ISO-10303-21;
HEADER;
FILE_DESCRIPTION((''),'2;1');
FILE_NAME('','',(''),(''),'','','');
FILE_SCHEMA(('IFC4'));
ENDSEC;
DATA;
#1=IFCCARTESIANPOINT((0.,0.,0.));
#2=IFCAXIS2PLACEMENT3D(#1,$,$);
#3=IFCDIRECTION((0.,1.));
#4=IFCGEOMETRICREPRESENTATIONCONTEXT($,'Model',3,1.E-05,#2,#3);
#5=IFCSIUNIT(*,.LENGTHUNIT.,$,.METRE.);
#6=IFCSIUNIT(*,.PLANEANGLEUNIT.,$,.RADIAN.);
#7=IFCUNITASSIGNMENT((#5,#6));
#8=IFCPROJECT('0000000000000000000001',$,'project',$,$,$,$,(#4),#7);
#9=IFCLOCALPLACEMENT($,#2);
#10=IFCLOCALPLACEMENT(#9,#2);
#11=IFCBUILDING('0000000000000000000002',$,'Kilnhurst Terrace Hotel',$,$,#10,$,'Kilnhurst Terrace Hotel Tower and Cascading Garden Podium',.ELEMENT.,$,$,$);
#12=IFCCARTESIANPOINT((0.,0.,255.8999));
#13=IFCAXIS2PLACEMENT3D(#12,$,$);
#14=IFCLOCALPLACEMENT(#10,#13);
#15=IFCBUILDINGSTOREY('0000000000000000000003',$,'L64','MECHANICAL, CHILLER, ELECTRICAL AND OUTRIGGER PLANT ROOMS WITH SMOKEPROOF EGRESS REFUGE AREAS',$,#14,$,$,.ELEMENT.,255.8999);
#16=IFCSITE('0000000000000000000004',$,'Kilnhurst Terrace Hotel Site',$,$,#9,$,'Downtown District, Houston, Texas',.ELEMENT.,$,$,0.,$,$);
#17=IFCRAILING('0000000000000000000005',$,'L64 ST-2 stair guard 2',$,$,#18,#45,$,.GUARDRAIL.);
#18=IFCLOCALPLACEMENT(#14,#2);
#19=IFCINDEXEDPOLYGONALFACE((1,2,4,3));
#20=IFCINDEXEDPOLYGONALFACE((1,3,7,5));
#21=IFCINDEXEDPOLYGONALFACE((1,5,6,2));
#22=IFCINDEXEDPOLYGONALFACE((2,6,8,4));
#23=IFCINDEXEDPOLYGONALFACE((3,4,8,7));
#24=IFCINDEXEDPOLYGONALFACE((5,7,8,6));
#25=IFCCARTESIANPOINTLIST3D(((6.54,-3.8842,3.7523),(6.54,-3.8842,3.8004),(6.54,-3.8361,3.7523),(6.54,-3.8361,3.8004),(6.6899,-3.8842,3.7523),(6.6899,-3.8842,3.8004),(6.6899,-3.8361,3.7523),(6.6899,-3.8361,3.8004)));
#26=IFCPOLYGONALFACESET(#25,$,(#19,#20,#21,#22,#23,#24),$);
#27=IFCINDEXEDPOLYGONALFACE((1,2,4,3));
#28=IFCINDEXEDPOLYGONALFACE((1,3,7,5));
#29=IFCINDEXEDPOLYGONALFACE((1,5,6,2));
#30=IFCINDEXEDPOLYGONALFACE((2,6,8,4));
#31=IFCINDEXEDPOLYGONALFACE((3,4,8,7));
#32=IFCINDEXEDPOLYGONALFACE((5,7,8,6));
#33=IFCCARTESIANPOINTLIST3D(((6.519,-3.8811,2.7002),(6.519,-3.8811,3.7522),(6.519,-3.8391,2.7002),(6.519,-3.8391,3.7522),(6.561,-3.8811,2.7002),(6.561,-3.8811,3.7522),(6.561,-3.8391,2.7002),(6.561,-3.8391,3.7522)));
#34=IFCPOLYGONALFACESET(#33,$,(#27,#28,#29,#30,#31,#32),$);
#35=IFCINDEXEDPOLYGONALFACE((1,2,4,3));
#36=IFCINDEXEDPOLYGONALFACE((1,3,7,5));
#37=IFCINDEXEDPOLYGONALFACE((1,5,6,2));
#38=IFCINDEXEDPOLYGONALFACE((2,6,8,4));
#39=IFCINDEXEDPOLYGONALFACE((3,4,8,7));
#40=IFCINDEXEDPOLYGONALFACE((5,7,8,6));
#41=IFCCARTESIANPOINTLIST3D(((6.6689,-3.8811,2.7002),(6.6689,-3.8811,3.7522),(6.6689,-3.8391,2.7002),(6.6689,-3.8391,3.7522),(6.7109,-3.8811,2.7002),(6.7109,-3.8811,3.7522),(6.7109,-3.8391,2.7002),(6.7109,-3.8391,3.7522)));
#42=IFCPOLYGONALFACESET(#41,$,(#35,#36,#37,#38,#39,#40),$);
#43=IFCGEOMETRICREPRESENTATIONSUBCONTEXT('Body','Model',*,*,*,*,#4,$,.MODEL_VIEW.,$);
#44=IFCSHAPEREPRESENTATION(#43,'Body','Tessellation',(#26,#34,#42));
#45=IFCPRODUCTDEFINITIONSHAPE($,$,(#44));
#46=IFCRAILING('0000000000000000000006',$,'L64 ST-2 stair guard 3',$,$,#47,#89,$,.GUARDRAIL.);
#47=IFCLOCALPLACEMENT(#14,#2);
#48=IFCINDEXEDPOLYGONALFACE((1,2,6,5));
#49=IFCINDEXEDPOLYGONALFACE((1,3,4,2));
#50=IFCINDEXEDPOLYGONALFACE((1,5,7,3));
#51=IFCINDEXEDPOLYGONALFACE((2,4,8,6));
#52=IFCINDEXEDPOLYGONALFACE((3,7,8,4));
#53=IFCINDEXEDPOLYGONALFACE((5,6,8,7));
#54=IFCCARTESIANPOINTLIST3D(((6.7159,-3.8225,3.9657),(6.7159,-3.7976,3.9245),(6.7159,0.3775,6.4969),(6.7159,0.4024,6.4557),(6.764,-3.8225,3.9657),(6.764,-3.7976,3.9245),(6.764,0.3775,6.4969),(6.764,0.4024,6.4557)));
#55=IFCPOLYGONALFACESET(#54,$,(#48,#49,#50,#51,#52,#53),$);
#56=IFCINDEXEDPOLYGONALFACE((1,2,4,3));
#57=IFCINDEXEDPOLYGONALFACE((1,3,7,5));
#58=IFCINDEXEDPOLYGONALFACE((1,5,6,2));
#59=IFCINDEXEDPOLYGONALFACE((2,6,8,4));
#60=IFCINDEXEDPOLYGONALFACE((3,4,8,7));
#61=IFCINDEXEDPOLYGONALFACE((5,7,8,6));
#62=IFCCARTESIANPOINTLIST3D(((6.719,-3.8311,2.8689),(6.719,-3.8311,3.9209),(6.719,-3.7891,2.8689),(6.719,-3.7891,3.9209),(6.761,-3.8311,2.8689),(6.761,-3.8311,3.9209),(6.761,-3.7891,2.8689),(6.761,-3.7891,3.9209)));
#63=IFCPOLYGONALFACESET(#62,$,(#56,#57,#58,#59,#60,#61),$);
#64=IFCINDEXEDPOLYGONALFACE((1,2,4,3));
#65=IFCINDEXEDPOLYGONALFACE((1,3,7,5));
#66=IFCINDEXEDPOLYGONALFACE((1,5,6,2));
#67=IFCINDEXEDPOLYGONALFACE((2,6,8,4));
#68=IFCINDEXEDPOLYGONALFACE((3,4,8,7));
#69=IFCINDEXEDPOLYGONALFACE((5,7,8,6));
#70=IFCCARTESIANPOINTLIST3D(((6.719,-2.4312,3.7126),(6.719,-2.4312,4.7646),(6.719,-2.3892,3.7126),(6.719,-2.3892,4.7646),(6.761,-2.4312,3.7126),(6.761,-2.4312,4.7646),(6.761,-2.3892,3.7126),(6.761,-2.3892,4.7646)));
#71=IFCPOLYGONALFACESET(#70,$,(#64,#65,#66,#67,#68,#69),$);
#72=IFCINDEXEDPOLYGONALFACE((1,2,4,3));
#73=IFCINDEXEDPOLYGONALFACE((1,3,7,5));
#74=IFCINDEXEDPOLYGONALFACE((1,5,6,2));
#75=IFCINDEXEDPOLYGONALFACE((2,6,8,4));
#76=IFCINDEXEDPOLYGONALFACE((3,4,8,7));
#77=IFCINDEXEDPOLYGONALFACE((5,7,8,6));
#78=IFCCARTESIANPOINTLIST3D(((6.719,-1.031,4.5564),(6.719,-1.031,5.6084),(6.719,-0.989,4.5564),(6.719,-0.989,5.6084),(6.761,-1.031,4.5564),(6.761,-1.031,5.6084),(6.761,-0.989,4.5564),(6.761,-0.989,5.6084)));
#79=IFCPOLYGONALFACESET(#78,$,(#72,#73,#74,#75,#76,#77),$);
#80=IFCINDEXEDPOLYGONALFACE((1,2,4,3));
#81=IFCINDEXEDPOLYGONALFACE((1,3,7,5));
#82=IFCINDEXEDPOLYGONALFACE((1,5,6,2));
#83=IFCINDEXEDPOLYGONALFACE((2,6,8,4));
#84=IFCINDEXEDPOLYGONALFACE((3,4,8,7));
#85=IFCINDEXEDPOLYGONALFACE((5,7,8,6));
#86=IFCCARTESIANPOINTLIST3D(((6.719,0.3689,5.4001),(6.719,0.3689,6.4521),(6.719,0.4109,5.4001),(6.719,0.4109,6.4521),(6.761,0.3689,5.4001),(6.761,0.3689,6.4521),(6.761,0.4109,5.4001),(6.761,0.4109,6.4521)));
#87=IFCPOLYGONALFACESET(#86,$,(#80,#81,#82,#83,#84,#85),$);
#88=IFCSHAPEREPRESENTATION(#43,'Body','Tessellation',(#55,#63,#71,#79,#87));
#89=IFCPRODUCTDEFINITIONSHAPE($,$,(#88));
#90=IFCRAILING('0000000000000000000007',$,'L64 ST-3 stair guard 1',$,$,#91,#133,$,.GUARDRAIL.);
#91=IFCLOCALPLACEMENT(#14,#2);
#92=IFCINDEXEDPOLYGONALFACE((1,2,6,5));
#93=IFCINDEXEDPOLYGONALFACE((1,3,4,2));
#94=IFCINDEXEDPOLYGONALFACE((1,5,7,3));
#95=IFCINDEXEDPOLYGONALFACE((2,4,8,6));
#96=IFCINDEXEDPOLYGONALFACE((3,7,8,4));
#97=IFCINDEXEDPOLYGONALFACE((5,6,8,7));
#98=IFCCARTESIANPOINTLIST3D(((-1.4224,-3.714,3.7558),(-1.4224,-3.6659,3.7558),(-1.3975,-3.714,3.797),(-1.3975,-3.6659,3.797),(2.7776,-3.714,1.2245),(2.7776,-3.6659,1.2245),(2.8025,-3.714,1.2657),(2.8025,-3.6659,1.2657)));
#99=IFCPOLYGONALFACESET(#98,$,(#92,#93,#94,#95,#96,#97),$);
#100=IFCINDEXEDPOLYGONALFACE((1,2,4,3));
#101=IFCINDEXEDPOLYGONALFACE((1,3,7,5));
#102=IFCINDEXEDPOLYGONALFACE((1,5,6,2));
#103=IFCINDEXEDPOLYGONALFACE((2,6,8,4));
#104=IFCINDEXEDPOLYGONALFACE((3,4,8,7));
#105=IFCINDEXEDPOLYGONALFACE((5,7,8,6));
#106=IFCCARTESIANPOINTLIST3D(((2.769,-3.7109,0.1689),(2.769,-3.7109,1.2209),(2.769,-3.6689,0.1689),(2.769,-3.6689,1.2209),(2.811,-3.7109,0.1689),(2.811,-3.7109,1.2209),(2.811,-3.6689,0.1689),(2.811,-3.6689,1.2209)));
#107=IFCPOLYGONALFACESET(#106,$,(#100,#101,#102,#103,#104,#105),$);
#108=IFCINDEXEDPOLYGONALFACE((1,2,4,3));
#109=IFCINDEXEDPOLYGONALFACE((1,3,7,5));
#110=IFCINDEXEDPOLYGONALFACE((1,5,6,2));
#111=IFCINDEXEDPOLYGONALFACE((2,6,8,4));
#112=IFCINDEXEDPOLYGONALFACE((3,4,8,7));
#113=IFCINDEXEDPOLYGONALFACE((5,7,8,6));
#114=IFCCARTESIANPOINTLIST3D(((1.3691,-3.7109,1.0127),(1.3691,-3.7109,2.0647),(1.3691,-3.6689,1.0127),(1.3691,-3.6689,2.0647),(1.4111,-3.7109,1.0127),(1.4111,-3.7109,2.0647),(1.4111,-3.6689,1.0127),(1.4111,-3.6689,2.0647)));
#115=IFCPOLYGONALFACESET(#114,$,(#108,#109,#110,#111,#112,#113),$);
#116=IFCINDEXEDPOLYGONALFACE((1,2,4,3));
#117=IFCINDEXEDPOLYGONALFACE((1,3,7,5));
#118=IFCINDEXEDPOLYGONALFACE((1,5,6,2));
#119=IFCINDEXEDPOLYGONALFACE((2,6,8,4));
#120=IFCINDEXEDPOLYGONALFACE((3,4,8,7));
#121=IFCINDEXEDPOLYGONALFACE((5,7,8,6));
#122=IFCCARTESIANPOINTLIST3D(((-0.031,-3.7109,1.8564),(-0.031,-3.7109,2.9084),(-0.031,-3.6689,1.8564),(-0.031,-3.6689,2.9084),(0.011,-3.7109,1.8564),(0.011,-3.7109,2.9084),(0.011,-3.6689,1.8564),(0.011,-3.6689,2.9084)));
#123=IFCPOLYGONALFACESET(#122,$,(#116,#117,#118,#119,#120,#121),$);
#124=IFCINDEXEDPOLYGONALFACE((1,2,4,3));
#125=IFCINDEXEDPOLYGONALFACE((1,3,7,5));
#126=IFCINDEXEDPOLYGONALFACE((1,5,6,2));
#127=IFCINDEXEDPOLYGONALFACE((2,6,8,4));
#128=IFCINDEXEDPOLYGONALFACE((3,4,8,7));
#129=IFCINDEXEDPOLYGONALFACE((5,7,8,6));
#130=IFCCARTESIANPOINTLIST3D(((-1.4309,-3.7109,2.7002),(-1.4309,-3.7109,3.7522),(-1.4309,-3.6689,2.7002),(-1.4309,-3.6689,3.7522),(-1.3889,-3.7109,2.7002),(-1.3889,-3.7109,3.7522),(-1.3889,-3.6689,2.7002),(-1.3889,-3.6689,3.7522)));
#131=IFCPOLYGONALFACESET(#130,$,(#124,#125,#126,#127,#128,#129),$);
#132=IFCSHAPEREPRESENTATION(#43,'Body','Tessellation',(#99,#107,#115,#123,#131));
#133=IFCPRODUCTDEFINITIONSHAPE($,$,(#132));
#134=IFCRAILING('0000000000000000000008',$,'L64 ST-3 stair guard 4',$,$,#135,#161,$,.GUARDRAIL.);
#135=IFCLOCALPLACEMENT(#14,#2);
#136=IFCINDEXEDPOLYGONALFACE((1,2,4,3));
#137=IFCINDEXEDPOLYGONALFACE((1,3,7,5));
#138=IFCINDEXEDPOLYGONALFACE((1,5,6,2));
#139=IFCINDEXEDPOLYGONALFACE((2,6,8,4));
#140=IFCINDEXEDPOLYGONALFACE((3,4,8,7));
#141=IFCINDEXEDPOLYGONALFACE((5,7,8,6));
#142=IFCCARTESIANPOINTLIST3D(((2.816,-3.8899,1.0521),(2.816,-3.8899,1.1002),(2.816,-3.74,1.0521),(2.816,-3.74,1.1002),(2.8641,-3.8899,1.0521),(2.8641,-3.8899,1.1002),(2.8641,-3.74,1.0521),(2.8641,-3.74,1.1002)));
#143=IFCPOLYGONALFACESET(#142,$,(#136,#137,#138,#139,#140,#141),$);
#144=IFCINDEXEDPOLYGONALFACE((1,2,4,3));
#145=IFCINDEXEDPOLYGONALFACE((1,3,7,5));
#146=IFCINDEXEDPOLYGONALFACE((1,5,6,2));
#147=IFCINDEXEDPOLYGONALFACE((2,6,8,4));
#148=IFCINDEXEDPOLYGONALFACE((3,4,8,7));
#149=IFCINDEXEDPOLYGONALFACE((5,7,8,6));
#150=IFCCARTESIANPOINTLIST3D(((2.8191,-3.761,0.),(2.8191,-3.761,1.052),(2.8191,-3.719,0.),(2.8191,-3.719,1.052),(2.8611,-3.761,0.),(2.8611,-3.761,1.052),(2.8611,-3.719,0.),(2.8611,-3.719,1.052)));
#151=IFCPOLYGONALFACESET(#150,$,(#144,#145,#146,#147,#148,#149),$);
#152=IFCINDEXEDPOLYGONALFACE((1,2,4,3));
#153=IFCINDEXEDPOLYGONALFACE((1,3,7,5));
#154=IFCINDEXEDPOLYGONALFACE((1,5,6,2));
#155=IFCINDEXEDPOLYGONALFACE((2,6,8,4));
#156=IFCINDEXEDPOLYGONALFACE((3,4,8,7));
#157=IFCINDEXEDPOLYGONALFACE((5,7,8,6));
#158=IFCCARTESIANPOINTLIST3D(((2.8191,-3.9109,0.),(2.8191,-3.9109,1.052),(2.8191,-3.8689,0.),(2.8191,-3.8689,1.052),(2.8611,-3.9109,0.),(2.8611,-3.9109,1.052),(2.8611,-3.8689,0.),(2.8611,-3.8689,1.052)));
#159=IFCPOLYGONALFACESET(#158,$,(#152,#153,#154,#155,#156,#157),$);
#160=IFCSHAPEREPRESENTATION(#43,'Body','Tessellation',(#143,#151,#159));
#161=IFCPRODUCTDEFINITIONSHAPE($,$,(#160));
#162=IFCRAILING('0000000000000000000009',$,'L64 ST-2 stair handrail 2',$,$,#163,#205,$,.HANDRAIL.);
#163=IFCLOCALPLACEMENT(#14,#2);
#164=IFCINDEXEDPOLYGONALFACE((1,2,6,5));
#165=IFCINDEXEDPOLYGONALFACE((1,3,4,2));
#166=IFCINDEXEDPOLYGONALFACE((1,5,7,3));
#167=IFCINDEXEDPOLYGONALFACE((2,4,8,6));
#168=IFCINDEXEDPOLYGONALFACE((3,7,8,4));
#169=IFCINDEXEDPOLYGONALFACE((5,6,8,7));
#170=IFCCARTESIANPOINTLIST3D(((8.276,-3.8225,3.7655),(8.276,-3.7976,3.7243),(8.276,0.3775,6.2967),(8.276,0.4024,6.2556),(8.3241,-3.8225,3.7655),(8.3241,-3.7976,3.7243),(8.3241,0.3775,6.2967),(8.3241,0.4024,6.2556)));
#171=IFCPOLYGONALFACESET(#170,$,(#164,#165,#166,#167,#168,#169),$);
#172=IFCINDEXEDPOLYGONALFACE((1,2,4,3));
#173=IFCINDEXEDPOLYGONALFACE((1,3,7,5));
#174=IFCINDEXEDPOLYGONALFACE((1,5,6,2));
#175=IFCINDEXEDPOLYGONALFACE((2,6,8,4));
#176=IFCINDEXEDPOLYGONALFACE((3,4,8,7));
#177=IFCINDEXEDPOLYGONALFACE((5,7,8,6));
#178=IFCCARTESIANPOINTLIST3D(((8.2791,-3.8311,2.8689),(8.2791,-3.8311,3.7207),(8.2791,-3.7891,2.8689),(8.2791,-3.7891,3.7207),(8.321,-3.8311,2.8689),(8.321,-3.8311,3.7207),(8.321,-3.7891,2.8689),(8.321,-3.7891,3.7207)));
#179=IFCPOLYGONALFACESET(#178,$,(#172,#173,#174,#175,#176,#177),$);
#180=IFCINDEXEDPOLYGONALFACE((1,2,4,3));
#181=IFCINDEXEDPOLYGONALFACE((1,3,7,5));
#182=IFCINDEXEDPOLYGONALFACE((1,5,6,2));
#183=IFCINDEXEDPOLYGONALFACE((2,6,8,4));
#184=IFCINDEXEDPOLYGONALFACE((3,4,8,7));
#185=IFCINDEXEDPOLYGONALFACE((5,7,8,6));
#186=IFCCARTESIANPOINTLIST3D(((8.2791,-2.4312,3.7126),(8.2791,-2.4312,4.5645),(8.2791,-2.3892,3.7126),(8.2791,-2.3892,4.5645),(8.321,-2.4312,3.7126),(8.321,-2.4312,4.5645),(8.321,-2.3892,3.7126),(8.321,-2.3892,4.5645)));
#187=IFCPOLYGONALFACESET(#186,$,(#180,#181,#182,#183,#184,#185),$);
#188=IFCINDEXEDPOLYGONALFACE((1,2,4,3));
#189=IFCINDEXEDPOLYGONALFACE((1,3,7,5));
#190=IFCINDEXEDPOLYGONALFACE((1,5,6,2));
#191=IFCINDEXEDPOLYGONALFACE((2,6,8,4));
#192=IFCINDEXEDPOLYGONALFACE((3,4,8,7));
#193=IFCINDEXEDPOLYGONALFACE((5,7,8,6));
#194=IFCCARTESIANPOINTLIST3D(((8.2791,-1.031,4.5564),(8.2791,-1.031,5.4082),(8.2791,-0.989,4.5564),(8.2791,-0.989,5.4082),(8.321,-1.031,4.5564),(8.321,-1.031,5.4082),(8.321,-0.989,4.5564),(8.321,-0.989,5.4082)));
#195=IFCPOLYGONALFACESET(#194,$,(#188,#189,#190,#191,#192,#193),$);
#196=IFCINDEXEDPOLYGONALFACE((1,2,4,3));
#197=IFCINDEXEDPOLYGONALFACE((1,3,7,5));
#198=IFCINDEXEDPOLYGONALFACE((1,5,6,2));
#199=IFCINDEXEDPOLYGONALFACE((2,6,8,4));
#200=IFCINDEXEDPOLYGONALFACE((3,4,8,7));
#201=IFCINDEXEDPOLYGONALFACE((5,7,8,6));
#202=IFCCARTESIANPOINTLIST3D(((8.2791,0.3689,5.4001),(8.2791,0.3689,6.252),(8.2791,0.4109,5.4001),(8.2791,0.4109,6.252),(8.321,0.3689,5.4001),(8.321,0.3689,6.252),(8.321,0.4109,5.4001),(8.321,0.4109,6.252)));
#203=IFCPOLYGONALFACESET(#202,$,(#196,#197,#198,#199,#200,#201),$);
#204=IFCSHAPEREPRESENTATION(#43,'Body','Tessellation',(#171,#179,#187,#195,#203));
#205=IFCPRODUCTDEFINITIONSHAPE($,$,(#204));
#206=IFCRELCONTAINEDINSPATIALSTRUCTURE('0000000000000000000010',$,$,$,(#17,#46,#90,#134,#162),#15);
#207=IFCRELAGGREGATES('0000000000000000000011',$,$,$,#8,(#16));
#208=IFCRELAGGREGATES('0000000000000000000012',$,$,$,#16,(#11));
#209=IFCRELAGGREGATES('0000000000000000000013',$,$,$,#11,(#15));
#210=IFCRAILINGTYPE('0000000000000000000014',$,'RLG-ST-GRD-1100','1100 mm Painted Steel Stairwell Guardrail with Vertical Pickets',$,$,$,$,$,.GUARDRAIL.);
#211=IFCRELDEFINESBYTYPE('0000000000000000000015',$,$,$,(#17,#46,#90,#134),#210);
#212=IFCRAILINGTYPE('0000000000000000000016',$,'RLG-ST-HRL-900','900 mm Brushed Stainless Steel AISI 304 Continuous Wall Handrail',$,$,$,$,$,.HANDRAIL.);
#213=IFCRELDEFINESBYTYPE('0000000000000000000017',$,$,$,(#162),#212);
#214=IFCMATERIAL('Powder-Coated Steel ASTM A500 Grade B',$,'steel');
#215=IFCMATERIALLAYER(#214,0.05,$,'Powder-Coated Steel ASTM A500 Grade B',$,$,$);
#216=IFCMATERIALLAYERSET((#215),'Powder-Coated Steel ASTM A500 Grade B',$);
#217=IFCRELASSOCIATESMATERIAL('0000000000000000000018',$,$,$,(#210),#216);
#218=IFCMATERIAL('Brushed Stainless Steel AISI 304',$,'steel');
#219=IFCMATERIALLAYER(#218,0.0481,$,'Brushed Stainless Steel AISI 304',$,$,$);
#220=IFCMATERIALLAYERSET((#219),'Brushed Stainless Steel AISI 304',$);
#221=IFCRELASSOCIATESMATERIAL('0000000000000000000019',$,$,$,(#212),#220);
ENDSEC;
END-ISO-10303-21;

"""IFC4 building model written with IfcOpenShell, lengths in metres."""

from ifc_helpers import new_model, si_unit, direction, frame, origin, origin_2d, place, context, subcontext, project, spatial, rectangle, extrude, material, layer, layer_set, type_object, element, save


model = new_model("IFC4")

# Units and contexts
model_context = context("Model", 3, precision=1e-05, world=origin(), true_north=direction((0.0, 1.0)))
body_context = subcontext(model_context, "Body", "Model", "MODEL_VIEW")
ifc_project = project(units=[si_unit("LENGTHUNIT", "METRE"), si_unit("PLANEANGLEUNIT", "RADIAN")], contexts=[model_context])

# Site, building, storey
site_placement = place(None, origin())
site = spatial("IfcSite", under=ifc_project, at=site_placement, Name="Kilnhurst Terrace Hotel Site", LongName="Downtown District, Houston, Texas", CompositionType="ELEMENT", RefElevation=0.0)
building_placement = place(site_placement, origin())
building = spatial("IfcBuilding", under=site, at=building_placement, Name="Kilnhurst Terrace Hotel", LongName="Kilnhurst Terrace Hotel Tower and Cascading Garden Podium", CompositionType="ELEMENT")
storey_placement = place(building_placement, frame((0.0, 0.0, 255.8999)))
storey = spatial("IfcBuildingStorey", under=building, at=storey_placement, Name="L64", Description="MECHANICAL, CHILLER, ELECTRICAL AND OUTRIGGER PLANT ROOMS WITH SMOKEPROOF EGRESS REFUGE AREAS", CompositionType="ELEMENT", Elevation=255.8999)

# Railings
ifc_material_1 = material(Name="Powder-Coated Steel ASTM A500 Grade B", Category="steel")
ifc_layer_1 = layer(ifc_material_1, 0.05, Name="Powder-Coated Steel ASTM A500 Grade B")
ifc_layer_set_1 = layer_set([ifc_layer_1], Name="Powder-Coated Steel ASTM A500 Grade B")
railing_type_1 = type_object("IfcRailingType", Name="RLG-ST-GRD-1100", Description="1100 mm Painted Steel Stairwell Guardrail with Vertical Pickets", PredefinedType="GUARDRAIL", material=ifc_layer_set_1)
railing_1_placement = place(storey_placement, frame((6.54, -3.8601, 2.7002)))
element("IfcRailing", 1, at=railing_1_placement, inside=storey, type_object=railing_type_1, Name="L64 ST-2 stair guard 2", PredefinedType="GUARDRAIL", context=body_context, shape_type="SweptSolid", body=[
    extrude(rectangle(XDim=0.0481, YDim=0.0481, at=origin_2d()), frame((0.0, 0.0, 1.0762), z_axis=(1.0, 0.0, 0.0), x_axis=(0.0, 1.0, 0.0)), (0.0, 0.0, 1.0), 0.1499),
    extrude(rectangle(XDim=0.042, YDim=0.042, at=origin_2d()), origin(), (0.0, 0.0, 1.0), 1.052),
    extrude(rectangle(XDim=0.042, YDim=0.042, at=origin_2d()), frame((0.1499, 0.0, 0.0)), (0.0, 0.0, 1.0), 1.052),
])
railing_2_placement = place(storey_placement, frame((6.74, -3.8101, 2.8689)))
element("IfcRailing", 2, at=railing_2_placement, inside=storey, type_object=railing_type_1, Name="L64 ST-2 stair guard 3", PredefinedType="GUARDRAIL", context=body_context, shape_type="SweptSolid", body=[
    extrude(rectangle(XDim=0.0481, YDim=0.0481, at=origin_2d()), frame((0.0, 0.0, 1.0762), z_axis=(0.0, 0.856476, 0.516186), x_axis=(-1.0, 0.0, 0.0)), (0.0, 0.0, 1.0), 4.9038),
    extrude(rectangle(XDim=0.042, YDim=0.042, at=origin_2d()), origin(), (0.0, 0.0, 1.0), 1.052),
    extrude(rectangle(XDim=0.042, YDim=0.042, at=origin_2d()), frame((0.0, 1.3999, 0.8438)), (0.0, 0.0, 1.0), 1.052),
    extrude(rectangle(XDim=0.042, YDim=0.042, at=origin_2d()), frame((0.0, 2.8, 1.6875)), (0.0, 0.0, 1.0), 1.052),
    extrude(rectangle(XDim=0.042, YDim=0.042, at=origin_2d()), frame((0.0, 4.2, 2.5312)), (0.0, 0.0, 1.0), 1.052),
])
railing_3_placement = place(storey_placement, frame((2.79, -3.6899, 0.1689)))
element("IfcRailing", 3, at=railing_3_placement, inside=storey, type_object=railing_type_1, Name="L64 ST-3 stair guard 1", PredefinedType="GUARDRAIL", context=body_context, shape_type="SweptSolid", body=[
    extrude(rectangle(XDim=0.0481, YDim=0.0481, at=origin_2d()), frame((0.0, 0.0, 1.0762), z_axis=(-0.856476, 0.0, 0.516186), x_axis=(0.0, -1.0, 0.0)), (0.0, 0.0, 1.0), 4.9038),
    extrude(rectangle(XDim=0.042, YDim=0.042, at=origin_2d()), origin(), (0.0, 0.0, 1.0), 1.052),
    extrude(rectangle(XDim=0.042, YDim=0.042, at=origin_2d()), frame((-1.3999, 0.0, 0.8438)), (0.0, 0.0, 1.0), 1.052),
    extrude(rectangle(XDim=0.042, YDim=0.042, at=origin_2d()), frame((-2.8, 0.0, 1.6875)), (0.0, 0.0, 1.0), 1.052),
    extrude(rectangle(XDim=0.042, YDim=0.042, at=origin_2d()), frame((-4.2, 0.0, 2.5312)), (0.0, 0.0, 1.0), 1.052),
])
railing_4_placement = place(storey_placement, frame((2.8401, -3.74, 0.0)))
element("IfcRailing", 4, at=railing_4_placement, inside=storey, type_object=railing_type_1, Name="L64 ST-3 stair guard 4", PredefinedType="GUARDRAIL", context=body_context, shape_type="SweptSolid", body=[
    extrude(rectangle(XDim=0.0481, YDim=0.0481, at=origin_2d()), frame((0.0, 0.0, 1.0762), z_axis=(0.0, -1.0, 0.0), x_axis=(1.0, 0.0, 0.0)), (0.0, 0.0, 1.0), 0.1499),
    extrude(rectangle(XDim=0.042, YDim=0.042, at=origin_2d()), origin(), (0.0, 0.0, 1.0), 1.052),
    extrude(rectangle(XDim=0.042, YDim=0.042, at=origin_2d()), frame((0.0, -0.1499, 0.0)), (0.0, 0.0, 1.0), 1.052),
])
ifc_material_2 = material(Name="Brushed Stainless Steel AISI 304", Category="steel")
ifc_layer_2 = layer(ifc_material_2, 0.0481, Name="Brushed Stainless Steel AISI 304")
ifc_layer_set_2 = layer_set([ifc_layer_2], Name="Brushed Stainless Steel AISI 304")
railing_type_2 = type_object("IfcRailingType", Name="RLG-ST-HRL-900", Description="900 mm Brushed Stainless Steel AISI 304 Continuous Wall Handrail", PredefinedType="HANDRAIL", material=ifc_layer_set_2)
railing_5_placement = place(storey_placement, frame((8.3, -3.8101, 2.8689)))
element("IfcRailing", 5, at=railing_5_placement, inside=storey, type_object=railing_type_2, Name="L64 ST-2 stair handrail 2", PredefinedType="HANDRAIL", context=body_context, shape_type="SweptSolid", body=[
    extrude(rectangle(XDim=0.0481, YDim=0.0481, at=origin_2d()), frame((0.0, 0.0, 0.876), z_axis=(0.0, 0.856476, 0.516186), x_axis=(-1.0, 0.0, 0.0)), (0.0, 0.0, 1.0), 4.9038),
    extrude(rectangle(XDim=0.042, YDim=0.042, at=origin_2d()), origin(), (0.0, 0.0, 1.0), 0.8518),
    extrude(rectangle(XDim=0.042, YDim=0.042, at=origin_2d()), frame((0.0, 1.3999, 0.8438)), (0.0, 0.0, 1.0), 0.8518),
    extrude(rectangle(XDim=0.042, YDim=0.042, at=origin_2d()), frame((0.0, 2.8, 1.6875)), (0.0, 0.0, 1.0), 0.8518),
    extrude(rectangle(XDim=0.042, YDim=0.042, at=origin_2d()), frame((0.0, 4.2, 2.5312)), (0.0, 0.0, 1.0), 0.8518),
])

save(model, "model.ifc")
